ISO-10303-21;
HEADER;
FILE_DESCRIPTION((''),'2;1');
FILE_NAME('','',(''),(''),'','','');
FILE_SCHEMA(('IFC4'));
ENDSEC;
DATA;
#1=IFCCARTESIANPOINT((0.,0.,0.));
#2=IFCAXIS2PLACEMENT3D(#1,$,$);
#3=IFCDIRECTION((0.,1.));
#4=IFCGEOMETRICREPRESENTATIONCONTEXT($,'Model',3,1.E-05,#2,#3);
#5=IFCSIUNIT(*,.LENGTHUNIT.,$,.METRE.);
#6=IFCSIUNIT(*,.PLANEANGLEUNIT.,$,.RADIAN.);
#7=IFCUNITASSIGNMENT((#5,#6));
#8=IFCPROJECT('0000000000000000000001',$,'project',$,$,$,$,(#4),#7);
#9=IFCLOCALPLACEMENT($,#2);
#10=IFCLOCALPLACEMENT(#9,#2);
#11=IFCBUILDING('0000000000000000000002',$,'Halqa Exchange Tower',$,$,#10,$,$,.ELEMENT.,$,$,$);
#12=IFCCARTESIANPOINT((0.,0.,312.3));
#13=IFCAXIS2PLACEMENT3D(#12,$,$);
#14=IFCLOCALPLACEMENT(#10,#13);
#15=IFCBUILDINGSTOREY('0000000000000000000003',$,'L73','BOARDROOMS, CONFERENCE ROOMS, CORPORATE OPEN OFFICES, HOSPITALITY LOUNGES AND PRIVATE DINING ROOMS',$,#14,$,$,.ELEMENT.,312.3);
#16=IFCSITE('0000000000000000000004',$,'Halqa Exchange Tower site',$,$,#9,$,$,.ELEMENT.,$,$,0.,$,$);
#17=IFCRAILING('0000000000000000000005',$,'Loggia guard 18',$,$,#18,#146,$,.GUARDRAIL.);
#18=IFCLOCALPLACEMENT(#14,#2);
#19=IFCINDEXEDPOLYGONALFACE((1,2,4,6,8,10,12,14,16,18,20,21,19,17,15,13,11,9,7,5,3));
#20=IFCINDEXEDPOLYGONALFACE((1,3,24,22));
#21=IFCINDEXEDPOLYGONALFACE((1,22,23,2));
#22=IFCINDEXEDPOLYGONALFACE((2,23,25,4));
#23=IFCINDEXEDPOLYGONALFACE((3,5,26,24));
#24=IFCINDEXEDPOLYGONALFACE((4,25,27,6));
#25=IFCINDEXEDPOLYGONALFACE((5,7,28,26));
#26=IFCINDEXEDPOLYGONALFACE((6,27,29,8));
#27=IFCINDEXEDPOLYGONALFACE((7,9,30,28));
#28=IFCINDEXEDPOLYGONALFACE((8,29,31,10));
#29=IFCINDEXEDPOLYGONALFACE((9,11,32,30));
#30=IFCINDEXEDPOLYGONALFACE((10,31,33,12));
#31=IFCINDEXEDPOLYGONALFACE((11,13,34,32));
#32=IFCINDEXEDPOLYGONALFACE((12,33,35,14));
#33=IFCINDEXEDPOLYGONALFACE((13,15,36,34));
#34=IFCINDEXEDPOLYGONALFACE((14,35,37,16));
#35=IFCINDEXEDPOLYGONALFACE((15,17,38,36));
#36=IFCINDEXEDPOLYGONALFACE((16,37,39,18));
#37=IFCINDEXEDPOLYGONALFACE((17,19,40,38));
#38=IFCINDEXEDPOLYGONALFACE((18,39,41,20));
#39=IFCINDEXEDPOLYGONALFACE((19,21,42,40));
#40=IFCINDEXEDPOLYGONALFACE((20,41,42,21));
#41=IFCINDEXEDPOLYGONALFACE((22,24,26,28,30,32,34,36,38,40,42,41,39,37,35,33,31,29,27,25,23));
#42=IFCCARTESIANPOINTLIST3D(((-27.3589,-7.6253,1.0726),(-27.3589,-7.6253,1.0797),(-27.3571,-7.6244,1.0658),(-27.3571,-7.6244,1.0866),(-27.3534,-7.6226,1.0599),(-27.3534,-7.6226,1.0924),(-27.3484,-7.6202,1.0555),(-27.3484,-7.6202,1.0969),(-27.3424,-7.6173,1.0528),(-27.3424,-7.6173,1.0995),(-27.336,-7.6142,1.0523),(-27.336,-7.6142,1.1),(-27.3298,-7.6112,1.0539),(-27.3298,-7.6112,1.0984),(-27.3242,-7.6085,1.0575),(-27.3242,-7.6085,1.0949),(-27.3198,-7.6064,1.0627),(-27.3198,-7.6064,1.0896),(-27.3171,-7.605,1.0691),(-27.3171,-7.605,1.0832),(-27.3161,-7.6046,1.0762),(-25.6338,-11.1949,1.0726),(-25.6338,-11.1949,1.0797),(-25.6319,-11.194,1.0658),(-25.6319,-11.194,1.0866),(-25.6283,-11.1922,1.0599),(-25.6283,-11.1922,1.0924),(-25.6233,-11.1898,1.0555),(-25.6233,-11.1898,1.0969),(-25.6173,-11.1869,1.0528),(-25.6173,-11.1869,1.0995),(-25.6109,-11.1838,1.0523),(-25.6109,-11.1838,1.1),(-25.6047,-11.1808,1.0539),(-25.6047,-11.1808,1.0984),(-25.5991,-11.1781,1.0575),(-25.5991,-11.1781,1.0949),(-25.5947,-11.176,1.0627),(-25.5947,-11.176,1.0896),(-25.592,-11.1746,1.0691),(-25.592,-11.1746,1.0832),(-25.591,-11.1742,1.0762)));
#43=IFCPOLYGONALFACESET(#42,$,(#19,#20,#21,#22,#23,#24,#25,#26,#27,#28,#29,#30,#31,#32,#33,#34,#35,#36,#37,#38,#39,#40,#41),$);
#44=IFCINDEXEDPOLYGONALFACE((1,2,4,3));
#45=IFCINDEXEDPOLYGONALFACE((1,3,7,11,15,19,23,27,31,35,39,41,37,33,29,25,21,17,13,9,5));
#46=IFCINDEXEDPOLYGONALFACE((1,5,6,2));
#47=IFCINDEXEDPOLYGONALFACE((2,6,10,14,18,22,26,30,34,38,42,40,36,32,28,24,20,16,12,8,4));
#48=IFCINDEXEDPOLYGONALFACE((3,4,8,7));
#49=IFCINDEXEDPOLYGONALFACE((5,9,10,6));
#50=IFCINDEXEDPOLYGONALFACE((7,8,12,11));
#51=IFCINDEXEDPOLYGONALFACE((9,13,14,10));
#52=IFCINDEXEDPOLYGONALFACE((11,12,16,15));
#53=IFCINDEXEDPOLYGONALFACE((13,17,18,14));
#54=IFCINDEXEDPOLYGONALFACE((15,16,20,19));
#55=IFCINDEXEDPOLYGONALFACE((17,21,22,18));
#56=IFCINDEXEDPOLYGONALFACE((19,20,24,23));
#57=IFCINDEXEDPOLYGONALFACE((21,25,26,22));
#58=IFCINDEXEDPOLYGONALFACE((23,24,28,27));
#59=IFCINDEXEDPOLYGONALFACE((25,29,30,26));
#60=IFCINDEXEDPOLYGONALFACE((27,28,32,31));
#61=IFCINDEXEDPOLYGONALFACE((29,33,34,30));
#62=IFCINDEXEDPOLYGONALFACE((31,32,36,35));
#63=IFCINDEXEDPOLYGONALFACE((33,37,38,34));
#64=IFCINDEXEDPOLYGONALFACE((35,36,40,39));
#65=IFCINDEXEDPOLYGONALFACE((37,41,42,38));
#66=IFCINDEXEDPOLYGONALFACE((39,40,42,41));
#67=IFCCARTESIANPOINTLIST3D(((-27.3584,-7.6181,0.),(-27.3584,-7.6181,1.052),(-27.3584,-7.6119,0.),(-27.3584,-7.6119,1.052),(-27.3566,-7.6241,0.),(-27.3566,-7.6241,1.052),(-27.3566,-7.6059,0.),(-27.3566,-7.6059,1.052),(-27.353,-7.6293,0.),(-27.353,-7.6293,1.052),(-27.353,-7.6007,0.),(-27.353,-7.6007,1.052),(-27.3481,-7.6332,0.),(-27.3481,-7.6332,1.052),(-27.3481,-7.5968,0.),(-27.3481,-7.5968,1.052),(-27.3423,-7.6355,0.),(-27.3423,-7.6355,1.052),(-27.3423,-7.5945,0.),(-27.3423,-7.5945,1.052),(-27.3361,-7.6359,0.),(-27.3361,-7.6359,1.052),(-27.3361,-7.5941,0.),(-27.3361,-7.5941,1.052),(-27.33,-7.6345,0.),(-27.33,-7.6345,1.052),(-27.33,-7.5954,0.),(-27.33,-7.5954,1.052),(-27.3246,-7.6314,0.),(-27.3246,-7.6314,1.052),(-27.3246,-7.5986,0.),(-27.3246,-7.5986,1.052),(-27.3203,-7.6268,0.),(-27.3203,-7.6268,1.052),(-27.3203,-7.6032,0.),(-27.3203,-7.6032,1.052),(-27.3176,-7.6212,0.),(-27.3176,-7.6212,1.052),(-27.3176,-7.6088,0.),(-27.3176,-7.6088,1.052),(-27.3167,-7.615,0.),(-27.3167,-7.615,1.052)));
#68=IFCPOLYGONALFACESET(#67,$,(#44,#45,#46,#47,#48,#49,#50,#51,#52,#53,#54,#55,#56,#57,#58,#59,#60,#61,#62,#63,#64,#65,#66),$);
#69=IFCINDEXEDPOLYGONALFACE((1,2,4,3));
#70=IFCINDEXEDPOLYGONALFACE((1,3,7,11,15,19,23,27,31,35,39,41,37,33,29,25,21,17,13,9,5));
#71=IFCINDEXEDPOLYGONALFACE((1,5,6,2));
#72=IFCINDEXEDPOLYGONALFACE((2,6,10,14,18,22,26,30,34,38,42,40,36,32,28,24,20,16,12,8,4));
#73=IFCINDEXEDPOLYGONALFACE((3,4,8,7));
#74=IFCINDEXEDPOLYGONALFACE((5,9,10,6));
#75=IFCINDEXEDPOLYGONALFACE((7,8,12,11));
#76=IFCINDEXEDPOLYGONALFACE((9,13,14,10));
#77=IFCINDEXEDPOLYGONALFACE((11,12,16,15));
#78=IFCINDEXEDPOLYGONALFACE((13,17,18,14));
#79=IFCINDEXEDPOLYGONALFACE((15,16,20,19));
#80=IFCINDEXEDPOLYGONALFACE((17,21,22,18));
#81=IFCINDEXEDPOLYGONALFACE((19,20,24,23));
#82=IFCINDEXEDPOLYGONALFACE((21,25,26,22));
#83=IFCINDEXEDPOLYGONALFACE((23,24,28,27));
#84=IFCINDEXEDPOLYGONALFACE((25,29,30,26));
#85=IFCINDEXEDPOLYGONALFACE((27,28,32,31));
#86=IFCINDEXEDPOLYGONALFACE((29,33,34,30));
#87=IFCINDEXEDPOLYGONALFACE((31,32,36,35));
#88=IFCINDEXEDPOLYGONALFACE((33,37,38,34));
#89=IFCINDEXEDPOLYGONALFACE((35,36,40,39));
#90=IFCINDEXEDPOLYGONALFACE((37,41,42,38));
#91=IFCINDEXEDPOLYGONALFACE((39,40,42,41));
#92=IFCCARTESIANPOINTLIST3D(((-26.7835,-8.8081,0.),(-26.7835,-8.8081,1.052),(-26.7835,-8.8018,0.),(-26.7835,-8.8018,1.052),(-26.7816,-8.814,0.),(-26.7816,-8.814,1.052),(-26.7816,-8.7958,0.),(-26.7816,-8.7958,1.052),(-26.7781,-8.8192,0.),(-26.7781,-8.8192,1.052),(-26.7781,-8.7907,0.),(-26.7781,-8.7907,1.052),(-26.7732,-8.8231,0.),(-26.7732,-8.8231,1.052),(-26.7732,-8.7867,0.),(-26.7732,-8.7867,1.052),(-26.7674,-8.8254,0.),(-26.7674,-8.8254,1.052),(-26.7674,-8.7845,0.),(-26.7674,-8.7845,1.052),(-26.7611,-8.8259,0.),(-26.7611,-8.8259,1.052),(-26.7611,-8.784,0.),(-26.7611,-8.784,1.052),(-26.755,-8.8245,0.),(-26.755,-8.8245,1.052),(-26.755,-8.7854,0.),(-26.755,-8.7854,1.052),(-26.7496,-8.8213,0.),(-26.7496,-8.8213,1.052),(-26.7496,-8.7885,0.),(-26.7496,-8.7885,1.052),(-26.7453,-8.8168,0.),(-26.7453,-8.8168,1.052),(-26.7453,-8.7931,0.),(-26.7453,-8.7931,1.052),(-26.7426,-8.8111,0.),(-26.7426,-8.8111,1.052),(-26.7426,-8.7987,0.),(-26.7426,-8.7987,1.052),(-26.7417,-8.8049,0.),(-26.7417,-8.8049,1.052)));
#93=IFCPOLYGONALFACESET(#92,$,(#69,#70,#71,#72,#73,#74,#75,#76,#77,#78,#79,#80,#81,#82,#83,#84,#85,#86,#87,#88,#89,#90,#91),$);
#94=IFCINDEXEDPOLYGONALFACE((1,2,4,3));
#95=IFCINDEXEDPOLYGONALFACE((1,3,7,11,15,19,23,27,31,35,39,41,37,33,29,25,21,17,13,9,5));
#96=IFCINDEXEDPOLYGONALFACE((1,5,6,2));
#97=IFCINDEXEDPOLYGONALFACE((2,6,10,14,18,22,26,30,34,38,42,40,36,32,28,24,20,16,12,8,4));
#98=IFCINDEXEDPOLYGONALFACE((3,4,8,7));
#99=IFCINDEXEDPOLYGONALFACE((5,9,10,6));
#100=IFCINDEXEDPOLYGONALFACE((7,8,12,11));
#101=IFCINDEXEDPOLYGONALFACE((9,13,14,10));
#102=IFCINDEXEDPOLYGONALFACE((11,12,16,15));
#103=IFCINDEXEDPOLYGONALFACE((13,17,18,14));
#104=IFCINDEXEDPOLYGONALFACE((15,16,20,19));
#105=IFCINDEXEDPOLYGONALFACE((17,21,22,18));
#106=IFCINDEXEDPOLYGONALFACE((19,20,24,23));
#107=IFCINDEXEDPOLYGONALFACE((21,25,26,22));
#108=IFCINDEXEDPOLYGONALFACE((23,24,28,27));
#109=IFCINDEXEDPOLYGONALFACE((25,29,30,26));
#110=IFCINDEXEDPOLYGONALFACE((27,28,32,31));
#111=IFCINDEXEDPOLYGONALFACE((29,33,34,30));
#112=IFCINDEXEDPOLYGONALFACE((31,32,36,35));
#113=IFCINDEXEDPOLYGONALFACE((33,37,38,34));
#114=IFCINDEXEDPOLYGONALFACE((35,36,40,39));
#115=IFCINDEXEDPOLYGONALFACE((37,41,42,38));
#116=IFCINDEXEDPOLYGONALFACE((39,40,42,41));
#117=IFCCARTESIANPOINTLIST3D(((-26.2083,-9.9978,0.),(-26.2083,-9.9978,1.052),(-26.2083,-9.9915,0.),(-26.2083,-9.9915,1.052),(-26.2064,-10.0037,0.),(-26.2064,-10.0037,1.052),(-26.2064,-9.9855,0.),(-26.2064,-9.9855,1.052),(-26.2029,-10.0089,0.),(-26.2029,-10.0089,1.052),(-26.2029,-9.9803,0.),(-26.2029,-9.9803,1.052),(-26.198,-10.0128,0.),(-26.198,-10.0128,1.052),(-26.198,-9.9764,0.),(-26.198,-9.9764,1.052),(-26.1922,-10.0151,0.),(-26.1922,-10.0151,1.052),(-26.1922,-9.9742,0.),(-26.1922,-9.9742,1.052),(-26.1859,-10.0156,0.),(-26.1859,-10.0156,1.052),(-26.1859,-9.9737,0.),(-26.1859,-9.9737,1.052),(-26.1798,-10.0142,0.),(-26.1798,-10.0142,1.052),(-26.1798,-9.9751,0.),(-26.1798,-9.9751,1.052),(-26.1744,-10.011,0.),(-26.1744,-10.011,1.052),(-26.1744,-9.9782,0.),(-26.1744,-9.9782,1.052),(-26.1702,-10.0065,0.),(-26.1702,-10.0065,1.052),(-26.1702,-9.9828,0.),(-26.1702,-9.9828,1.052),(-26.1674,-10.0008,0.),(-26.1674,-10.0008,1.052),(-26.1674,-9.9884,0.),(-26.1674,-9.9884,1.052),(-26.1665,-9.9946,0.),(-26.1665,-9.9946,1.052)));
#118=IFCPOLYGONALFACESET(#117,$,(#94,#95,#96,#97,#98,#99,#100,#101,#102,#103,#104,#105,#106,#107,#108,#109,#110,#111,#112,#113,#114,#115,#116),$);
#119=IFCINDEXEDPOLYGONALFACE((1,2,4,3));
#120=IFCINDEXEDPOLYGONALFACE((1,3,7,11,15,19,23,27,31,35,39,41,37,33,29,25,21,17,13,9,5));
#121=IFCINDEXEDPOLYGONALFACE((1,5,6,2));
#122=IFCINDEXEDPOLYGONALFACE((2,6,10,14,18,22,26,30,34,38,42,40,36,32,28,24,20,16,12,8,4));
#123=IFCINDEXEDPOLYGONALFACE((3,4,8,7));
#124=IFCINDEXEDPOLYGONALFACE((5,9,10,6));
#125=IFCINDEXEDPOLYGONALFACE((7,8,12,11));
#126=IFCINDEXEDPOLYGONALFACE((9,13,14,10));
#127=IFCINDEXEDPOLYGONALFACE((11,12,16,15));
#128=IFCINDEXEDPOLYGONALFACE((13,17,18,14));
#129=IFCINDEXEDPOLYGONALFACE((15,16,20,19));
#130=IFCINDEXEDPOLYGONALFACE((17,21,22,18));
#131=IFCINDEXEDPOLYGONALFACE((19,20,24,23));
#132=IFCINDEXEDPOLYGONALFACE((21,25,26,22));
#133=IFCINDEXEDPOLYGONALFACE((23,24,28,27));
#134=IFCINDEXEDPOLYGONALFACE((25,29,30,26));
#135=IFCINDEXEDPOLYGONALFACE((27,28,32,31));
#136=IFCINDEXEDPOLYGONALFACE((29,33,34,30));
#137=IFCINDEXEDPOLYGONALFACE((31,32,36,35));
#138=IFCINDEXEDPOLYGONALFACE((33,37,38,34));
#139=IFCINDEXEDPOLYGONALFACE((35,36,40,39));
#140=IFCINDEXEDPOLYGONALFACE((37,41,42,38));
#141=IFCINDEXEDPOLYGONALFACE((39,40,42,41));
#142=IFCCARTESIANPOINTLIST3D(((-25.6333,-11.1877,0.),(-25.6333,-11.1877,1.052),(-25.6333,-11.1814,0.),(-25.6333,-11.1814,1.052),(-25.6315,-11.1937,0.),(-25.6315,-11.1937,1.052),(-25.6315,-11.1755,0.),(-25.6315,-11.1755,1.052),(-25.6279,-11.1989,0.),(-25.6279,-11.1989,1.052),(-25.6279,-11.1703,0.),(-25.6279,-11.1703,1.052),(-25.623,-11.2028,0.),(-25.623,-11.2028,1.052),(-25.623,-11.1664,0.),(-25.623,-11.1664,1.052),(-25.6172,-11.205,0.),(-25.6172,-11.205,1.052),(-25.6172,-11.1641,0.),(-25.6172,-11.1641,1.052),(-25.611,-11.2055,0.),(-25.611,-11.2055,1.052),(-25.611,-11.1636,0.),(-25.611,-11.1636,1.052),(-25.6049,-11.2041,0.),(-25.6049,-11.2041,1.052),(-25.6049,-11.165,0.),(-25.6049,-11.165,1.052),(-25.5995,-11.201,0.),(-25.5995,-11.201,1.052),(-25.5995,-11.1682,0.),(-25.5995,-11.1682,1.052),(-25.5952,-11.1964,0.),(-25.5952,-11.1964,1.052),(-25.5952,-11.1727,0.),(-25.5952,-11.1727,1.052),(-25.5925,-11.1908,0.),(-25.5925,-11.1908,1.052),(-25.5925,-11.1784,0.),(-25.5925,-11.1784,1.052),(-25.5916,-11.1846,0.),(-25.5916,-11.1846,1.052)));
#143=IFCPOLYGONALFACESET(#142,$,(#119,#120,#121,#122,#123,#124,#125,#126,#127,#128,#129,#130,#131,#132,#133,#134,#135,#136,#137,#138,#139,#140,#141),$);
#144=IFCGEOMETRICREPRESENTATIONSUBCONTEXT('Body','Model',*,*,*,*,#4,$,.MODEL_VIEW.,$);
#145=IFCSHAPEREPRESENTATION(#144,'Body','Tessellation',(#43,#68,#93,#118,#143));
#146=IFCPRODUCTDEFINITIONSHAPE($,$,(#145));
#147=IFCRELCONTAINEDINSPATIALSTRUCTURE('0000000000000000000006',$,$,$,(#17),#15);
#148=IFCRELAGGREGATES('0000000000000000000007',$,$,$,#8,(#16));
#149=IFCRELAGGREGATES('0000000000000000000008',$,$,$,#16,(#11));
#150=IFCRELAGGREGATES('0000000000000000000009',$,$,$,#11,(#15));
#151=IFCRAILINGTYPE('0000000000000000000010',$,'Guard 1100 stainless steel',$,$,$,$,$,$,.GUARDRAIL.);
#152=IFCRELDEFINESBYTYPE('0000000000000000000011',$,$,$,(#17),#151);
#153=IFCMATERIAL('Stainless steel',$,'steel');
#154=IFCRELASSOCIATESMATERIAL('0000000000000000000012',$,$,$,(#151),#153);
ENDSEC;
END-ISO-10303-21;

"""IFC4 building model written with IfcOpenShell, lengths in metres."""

from ifc_helpers import new_model, si_unit, direction, frame, origin, origin_2d, place, context, subcontext, project, spatial, circle, extrude, material, type_object, element, save


model = new_model("IFC4")

# Units and contexts
model_context = context("Model", 3, precision=1e-05, world=origin(), true_north=direction((0.0, 1.0)))
body_context = subcontext(model_context, "Body", "Model", "MODEL_VIEW")
ifc_project = project(units=[si_unit("LENGTHUNIT", "METRE"), si_unit("PLANEANGLEUNIT", "RADIAN")], contexts=[model_context])

# Site, building, storey
site_placement = place(None, origin())
site = spatial("IfcSite", under=ifc_project, at=site_placement, Name="Halqa Exchange Tower site", CompositionType="ELEMENT", RefElevation=0.0)
building_placement = place(site_placement, origin())
building = spatial("IfcBuilding", under=site, at=building_placement, Name="Halqa Exchange Tower", CompositionType="ELEMENT")
storey_placement = place(building_placement, frame((0.0, 0.0, 312.3)))
storey = spatial("IfcBuildingStorey", under=building, at=storey_placement, Name="L73", Description="BOARDROOMS, CONFERENCE ROOMS, CORPORATE OPEN OFFICES, HOSPITALITY LOUNGES AND PRIVATE DINING ROOMS", CompositionType="ELEMENT", Elevation=312.3)

# Railing
ifc_material_1 = material(Name="Stainless steel", Category="steel")
railing_type = type_object("IfcRailingType", Name="Guard 1100 stainless steel", PredefinedType="GUARDRAIL", material=ifc_material_1)
railing_1_placement = place(storey_placement, frame((-27.3376, -7.615, 0.0)))
element("IfcRailing", 1, at=railing_1_placement, inside=storey, type_object=railing_type, Name="Loggia guard 18", PredefinedType="GUARDRAIL", context=body_context, shape_type="SweptSolid", body=[
    extrude(circle(Radius=0.0239, at=origin_2d()), frame((0.0, 0.0, 1.0762), z_axis=(0.435128, -0.900369, 0.0), x_axis=(0.900369, 0.435128, 0.0)), (0.0, 0.0, 1.0), 3.9646),
    extrude(circle(Radius=0.021, at=origin_2d()), origin(), (0.0, 0.0, 1.0), 1.052),
    extrude(circle(Radius=0.021, at=origin_2d()), frame((0.575, -1.1899, 0.0)), (0.0, 0.0, 1.0), 1.052),
    extrude(circle(Radius=0.021, at=origin_2d()), frame((1.1501, -2.3796, 0.0)), (0.0, 0.0, 1.0), 1.052),
    extrude(circle(Radius=0.021, at=origin_2d()), frame((1.7251, -3.5696, 0.0)), (0.0, 0.0, 1.0), 1.052),
])

save(model, "model.ifc")
